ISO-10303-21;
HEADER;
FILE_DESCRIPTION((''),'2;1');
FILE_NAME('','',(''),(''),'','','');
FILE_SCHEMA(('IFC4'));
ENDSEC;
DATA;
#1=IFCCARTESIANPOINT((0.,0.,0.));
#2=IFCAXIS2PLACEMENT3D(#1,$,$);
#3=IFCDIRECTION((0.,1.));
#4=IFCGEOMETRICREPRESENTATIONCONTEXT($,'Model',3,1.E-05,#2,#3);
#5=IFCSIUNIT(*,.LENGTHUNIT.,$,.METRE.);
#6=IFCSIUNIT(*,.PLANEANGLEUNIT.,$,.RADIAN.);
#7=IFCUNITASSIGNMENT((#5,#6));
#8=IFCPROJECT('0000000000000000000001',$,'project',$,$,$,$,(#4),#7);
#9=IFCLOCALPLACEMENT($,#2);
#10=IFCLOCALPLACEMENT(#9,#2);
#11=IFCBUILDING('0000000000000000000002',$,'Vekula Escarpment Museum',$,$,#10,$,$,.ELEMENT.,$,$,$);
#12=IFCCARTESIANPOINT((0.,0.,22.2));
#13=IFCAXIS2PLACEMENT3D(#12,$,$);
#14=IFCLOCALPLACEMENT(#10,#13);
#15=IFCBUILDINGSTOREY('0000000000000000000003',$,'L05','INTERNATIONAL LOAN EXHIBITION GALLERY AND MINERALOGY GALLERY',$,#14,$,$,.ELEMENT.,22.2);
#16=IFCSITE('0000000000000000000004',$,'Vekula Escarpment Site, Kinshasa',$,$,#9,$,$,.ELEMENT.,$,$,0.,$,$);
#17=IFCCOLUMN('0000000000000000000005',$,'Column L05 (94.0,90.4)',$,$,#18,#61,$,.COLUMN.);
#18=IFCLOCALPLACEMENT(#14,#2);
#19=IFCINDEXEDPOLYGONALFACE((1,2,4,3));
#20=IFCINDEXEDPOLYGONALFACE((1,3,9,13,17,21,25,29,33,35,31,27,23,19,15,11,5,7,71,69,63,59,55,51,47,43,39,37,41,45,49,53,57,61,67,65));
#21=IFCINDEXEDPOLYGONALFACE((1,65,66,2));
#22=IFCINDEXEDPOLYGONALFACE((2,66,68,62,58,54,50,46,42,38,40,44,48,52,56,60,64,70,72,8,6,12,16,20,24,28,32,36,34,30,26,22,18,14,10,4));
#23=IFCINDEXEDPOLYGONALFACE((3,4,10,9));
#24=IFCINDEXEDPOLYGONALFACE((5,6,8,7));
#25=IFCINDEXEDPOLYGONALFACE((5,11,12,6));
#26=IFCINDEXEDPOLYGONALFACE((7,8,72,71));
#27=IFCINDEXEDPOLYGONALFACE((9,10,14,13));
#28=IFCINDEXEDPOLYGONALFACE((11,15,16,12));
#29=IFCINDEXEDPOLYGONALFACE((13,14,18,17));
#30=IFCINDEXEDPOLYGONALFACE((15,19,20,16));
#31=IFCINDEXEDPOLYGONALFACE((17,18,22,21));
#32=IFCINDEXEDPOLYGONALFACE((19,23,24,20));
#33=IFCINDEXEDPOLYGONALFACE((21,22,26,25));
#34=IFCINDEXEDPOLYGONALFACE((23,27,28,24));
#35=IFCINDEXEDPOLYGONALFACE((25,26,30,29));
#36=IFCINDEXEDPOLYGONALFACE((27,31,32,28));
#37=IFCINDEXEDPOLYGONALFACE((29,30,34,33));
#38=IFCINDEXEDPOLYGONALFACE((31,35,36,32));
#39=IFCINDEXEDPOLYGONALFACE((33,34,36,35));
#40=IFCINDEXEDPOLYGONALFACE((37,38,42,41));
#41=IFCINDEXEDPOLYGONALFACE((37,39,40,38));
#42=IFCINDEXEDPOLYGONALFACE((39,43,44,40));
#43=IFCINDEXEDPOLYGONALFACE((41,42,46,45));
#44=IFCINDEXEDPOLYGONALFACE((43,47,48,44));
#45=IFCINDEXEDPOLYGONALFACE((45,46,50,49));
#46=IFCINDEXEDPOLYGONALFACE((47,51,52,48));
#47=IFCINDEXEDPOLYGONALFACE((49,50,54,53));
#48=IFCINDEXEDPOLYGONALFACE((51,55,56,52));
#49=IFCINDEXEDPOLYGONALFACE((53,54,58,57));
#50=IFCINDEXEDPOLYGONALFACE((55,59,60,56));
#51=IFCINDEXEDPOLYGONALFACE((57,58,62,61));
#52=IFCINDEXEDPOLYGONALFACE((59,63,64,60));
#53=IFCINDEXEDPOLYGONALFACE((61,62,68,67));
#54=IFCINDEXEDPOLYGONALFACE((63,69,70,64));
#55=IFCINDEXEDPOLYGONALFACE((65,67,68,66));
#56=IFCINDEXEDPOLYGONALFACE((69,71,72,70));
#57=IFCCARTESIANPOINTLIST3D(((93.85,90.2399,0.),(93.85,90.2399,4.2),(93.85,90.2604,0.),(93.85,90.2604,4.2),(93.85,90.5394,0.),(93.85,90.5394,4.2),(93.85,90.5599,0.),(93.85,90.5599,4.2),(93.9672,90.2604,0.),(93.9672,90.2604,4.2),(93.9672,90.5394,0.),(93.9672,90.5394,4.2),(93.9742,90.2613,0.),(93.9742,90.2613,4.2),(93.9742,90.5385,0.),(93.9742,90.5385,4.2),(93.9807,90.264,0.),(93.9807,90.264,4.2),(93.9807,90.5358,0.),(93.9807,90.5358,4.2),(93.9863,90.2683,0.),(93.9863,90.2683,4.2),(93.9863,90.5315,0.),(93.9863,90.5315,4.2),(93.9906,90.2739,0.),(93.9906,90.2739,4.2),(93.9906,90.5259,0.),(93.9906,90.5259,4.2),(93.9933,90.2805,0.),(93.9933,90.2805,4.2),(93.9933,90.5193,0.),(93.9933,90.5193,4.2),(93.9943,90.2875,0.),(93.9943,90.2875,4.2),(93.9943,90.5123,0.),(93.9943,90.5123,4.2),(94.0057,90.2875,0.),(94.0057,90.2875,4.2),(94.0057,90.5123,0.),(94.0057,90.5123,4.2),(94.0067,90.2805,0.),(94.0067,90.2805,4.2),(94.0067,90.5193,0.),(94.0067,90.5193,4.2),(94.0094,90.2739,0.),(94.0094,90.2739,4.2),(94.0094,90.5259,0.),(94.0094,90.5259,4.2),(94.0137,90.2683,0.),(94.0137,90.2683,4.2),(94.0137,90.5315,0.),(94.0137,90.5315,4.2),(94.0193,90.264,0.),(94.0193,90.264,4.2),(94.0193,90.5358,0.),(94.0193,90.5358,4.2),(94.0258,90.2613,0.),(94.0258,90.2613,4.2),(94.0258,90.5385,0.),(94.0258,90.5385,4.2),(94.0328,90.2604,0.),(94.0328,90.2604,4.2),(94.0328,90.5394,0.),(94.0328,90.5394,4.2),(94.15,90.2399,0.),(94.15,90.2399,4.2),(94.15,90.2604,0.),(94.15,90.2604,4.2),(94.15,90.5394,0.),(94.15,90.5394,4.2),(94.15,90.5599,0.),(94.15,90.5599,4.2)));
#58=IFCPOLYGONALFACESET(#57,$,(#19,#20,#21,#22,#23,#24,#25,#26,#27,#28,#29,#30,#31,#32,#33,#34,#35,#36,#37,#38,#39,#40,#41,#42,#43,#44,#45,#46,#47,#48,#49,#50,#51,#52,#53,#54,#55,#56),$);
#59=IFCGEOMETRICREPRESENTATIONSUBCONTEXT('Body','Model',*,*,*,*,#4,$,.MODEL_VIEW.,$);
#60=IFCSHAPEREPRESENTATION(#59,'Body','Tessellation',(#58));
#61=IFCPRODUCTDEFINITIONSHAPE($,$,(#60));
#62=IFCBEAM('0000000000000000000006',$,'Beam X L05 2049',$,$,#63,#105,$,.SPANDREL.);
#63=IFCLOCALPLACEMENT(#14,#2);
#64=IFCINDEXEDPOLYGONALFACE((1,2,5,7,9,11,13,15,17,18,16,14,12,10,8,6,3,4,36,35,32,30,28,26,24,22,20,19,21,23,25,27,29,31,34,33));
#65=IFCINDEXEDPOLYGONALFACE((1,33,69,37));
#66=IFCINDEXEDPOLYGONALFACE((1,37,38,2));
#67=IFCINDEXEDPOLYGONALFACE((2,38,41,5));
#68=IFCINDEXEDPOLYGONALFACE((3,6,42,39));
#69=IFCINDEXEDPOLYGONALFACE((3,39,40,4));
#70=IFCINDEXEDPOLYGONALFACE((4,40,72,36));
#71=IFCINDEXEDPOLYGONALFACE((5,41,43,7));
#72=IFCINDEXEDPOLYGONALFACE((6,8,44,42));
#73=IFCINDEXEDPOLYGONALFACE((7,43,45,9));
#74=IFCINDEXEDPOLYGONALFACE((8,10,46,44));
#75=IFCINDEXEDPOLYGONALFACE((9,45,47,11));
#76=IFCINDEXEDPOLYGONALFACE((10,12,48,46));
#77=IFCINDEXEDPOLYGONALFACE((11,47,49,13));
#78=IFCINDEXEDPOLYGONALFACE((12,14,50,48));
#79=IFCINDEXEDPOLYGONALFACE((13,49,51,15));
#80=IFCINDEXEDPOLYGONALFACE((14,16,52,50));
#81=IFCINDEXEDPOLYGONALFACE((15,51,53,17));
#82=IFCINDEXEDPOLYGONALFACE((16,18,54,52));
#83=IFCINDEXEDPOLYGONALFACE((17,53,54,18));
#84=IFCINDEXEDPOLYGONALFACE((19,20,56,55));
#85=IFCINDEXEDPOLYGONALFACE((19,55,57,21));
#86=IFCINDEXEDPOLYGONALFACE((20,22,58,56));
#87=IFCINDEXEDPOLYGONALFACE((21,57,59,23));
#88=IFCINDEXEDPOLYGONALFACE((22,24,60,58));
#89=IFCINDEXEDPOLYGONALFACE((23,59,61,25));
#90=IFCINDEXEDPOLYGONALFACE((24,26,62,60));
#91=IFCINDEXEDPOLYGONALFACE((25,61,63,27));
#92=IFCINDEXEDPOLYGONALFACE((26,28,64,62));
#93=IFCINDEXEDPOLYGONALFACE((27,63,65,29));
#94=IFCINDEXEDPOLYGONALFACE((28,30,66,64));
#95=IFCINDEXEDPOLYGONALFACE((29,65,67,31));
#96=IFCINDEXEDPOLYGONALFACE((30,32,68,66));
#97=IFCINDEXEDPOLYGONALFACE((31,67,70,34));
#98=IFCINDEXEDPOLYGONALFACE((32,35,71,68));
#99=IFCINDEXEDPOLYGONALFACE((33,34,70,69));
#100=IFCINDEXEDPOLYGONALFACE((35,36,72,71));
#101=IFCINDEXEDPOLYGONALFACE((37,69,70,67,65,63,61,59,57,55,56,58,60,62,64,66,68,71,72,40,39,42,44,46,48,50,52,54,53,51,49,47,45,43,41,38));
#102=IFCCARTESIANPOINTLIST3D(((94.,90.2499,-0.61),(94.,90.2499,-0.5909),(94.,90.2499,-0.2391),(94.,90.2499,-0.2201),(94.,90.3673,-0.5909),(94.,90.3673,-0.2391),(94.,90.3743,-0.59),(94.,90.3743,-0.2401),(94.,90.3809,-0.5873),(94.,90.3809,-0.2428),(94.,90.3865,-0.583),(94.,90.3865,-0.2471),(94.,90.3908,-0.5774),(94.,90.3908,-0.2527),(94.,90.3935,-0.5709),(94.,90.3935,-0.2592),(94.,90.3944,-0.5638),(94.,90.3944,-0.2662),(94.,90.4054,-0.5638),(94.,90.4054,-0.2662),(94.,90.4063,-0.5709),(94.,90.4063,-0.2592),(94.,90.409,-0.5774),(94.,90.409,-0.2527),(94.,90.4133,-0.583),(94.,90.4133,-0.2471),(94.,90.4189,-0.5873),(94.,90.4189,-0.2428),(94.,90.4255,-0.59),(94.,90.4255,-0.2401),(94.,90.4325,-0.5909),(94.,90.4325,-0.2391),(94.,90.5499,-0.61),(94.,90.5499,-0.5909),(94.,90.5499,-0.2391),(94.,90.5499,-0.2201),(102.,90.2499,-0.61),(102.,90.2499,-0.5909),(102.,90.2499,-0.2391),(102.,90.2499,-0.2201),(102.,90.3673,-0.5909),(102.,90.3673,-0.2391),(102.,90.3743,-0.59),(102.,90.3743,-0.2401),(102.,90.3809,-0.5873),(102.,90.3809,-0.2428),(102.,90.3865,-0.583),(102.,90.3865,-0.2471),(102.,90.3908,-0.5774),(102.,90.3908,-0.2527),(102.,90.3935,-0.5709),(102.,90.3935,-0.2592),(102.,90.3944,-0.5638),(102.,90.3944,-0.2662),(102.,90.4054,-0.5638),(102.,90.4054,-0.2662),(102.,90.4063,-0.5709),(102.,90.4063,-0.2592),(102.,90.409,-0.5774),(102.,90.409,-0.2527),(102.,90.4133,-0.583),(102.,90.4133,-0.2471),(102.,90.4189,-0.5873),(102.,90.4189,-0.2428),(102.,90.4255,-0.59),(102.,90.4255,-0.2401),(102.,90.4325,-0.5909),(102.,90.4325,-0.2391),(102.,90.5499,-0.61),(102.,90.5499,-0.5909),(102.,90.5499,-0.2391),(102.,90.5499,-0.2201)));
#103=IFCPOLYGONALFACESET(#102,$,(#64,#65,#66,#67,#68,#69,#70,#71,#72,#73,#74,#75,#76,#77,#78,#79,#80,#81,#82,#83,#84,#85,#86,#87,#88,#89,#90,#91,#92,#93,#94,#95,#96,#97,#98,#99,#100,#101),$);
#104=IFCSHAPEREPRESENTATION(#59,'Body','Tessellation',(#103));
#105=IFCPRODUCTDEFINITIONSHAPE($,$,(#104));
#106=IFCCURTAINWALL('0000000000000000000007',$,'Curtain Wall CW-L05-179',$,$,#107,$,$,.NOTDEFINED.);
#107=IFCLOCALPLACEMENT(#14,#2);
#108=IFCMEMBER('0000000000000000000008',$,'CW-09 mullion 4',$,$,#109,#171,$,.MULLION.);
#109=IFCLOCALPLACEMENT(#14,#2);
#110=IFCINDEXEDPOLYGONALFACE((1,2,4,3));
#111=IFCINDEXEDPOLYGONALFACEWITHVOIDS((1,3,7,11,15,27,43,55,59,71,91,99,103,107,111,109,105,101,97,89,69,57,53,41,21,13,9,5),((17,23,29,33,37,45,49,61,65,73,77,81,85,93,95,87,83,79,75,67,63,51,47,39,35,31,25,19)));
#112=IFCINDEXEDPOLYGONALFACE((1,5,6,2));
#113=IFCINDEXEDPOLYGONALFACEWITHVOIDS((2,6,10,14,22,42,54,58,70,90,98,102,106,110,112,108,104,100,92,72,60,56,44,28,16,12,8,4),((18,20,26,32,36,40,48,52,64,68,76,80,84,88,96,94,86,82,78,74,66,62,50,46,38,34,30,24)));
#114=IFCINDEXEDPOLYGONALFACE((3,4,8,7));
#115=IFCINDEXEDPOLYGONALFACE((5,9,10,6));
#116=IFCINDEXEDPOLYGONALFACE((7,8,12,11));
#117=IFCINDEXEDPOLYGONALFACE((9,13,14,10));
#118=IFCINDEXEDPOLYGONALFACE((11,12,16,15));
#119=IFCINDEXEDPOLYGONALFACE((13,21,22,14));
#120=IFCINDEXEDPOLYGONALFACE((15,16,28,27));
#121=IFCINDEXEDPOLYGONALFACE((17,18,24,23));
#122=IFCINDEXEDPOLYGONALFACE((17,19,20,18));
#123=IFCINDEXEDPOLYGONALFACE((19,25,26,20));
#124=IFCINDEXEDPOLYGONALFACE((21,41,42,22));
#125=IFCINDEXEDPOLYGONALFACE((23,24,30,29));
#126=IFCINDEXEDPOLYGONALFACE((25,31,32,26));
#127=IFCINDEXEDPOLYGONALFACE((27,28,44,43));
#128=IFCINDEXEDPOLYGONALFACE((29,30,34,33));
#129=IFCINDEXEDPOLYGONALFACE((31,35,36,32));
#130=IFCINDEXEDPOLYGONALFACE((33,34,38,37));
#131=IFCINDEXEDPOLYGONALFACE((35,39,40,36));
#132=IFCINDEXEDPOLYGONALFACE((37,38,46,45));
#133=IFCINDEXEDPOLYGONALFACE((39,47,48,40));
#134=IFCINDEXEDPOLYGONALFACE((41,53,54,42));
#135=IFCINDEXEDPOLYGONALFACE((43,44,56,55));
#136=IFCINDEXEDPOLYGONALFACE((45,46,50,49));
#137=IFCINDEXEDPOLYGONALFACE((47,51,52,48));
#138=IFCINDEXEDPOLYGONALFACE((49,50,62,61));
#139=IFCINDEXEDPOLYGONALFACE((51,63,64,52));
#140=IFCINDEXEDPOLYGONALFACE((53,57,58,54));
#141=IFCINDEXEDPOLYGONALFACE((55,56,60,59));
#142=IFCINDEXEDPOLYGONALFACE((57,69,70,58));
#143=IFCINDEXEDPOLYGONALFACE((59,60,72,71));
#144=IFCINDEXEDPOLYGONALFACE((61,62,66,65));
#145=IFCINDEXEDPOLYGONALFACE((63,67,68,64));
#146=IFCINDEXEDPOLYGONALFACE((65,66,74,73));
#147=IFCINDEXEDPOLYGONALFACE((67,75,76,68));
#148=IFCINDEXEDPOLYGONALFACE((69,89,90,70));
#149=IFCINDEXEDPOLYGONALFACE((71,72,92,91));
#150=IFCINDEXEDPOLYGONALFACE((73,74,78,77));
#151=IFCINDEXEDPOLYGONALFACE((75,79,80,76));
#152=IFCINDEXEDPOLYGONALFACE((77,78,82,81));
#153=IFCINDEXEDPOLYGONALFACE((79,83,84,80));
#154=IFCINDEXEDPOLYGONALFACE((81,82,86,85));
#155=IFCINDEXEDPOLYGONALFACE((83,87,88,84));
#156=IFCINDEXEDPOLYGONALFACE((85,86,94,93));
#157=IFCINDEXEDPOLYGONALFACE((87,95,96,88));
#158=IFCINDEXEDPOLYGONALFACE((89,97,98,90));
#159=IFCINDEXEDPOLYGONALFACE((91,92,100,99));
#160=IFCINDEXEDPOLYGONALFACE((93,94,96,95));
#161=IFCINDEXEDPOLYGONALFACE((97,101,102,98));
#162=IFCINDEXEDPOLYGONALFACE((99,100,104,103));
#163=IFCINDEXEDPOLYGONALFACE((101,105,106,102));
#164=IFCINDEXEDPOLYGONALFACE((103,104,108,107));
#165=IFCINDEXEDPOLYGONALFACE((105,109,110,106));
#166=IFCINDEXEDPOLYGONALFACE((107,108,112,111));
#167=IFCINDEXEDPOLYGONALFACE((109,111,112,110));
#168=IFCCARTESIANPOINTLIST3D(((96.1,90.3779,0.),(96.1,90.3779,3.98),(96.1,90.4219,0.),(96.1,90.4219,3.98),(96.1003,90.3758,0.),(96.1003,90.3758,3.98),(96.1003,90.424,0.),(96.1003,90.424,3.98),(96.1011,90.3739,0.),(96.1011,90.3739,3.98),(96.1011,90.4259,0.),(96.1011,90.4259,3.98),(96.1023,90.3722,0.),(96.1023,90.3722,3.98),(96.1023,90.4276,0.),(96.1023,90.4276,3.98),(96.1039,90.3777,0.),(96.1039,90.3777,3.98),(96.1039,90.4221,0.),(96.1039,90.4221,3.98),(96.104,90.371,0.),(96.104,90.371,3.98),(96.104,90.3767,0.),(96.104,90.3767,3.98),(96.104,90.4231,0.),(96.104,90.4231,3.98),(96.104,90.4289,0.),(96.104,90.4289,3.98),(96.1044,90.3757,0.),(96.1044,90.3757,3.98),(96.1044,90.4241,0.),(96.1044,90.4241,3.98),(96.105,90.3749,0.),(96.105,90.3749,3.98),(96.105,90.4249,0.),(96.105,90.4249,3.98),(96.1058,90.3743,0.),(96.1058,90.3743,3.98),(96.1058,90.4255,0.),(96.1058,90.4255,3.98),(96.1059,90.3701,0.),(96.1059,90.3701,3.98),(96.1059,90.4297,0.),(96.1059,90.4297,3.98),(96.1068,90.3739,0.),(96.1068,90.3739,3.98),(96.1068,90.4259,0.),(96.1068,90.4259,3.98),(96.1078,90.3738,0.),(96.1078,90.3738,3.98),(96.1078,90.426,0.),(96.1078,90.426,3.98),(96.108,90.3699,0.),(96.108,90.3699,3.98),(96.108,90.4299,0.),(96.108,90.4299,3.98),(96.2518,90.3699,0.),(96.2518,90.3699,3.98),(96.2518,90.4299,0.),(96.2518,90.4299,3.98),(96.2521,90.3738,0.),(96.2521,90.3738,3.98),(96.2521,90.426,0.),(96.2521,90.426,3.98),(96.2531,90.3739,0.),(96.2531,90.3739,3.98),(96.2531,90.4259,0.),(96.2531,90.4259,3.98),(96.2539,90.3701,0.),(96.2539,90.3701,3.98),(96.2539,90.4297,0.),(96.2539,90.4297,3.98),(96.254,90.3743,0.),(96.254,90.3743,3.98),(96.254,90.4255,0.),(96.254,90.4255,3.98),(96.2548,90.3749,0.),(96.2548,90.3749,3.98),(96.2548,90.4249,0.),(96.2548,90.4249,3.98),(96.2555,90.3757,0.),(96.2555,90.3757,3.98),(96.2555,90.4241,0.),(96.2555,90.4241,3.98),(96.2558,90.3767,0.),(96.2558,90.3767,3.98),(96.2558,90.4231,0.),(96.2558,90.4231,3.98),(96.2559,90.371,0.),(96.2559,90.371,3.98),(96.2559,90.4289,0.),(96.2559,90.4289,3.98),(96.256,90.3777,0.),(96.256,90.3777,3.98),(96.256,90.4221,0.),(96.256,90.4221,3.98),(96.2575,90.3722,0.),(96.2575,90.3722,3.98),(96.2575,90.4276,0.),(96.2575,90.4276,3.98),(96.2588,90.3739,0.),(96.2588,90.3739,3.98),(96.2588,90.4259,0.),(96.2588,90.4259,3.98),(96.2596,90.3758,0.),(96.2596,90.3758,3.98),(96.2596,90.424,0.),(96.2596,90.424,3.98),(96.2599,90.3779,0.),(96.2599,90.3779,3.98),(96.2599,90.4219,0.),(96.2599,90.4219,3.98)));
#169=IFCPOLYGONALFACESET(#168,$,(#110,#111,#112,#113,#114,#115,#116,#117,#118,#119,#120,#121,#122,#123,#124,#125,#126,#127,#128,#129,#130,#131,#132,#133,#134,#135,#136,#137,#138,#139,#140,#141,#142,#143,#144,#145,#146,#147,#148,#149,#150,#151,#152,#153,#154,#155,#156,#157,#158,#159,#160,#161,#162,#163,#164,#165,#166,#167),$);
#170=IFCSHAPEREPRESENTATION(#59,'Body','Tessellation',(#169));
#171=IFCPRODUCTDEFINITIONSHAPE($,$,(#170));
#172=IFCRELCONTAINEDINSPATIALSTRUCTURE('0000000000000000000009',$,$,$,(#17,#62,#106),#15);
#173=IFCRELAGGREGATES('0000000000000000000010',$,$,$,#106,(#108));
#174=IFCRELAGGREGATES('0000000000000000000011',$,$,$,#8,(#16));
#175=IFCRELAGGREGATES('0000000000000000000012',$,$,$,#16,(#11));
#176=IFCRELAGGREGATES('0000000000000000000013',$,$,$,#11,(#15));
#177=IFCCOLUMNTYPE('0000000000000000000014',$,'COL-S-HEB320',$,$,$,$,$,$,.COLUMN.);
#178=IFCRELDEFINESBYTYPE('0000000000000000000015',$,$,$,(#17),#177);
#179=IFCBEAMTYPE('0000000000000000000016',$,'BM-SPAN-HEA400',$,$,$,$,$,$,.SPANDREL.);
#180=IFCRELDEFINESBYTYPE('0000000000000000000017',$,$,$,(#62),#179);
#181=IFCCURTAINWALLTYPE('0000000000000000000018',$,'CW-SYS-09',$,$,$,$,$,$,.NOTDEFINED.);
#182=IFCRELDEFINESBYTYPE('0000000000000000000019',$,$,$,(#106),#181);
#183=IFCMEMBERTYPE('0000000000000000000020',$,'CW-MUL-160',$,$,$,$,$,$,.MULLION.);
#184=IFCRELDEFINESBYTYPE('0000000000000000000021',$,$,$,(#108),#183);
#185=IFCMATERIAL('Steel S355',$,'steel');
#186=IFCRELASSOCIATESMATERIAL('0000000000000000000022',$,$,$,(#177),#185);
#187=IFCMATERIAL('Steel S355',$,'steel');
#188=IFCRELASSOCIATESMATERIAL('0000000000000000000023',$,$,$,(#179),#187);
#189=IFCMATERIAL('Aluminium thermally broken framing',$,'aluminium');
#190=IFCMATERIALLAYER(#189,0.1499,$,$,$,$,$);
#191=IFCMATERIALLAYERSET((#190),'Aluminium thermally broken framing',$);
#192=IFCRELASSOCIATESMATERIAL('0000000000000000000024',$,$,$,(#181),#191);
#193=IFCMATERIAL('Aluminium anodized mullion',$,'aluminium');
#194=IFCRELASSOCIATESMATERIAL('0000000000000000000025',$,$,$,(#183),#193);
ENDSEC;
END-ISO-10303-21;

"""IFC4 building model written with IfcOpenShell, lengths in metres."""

from ifc_helpers import new_model, si_unit, direction, frame, origin, origin_2d, place, context, subcontext, project, spatial, hollow_rectangle, i_section, extrude, material, layer, layer_set, material_profile, profile_set, type_object, element, aggregate, save


model = new_model("IFC4")

# Units and contexts
model_context = context("Model", 3, precision=1e-05, world=origin(), true_north=direction((0.0, 1.0)))
body_context = subcontext(model_context, "Body", "Model", "MODEL_VIEW")
ifc_project = project(units=[si_unit("LENGTHUNIT", "METRE"), si_unit("PLANEANGLEUNIT", "RADIAN")], contexts=[model_context])

# Site, building, storey
site_placement = place(None, origin())
site = spatial("IfcSite", under=ifc_project, at=site_placement, Name="Vekula Escarpment Site, Kinshasa", CompositionType="ELEMENT", RefElevation=0.0)
building_placement = place(site_placement, origin())
building = spatial("IfcBuilding", under=site, at=building_placement, Name="Vekula Escarpment Museum", CompositionType="ELEMENT")
storey_placement = place(building_placement, frame((0.0, 0.0, 22.2)))
storey = spatial("IfcBuildingStorey", under=building, at=storey_placement, Name="L05", Description="INTERNATIONAL LOAN EXHIBITION GALLERY AND MINERALOGY GALLERY", CompositionType="ELEMENT", Elevation=22.2)

# Column
ifc_material_1 = material(Name="Steel S355", Category="steel")
ifc_material_profile_1 = material_profile(ifc_material_1, i_section(OverallWidth=0.3, OverallDepth=0.3201, WebThickness=0.0115, FlangeThickness=0.0205, FilletRadius=0.0271, at=origin_2d()), Name="HEB 320")
ifc_profile_set_1 = profile_set([ifc_material_profile_1], Name="Steel S355")
column_type = type_object("IfcColumnType", Name="COL-S-HEB320", PredefinedType="COLUMN", material=ifc_profile_set_1)
column_placement = place(storey_placement, frame((94.0, 90.3999, 0.0), z_axis=(0.0, 0.0, 1.0), x_axis=(1.0, 0.0, 0.0)))
element("IfcColumn", 1, at=column_placement, inside=storey, type_object=column_type, Name="Column L05 (94.0,90.4)", PredefinedType="COLUMN", context=body_context, shape_type="SweptSolid", body=[
    extrude(i_section(OverallWidth=0.3, OverallDepth=0.3201, WebThickness=0.0115, FlangeThickness=0.0205, FilletRadius=0.0271, at=origin_2d()), origin(), (0.0, 0.0, 1.0), 4.2),
])

# Beam
ifc_material_2 = material(Name="Steel S355", Category="steel")
ifc_material_profile_2 = material_profile(ifc_material_2, i_section(OverallWidth=0.3, OverallDepth=0.3899, WebThickness=0.011, FlangeThickness=0.019, FilletRadius=0.0271, at=origin_2d()), Name="HEA 400")
ifc_profile_set_2 = profile_set([ifc_material_profile_2], Name="Steel S355")
beam_type = type_object("IfcBeamType", Name="BM-SPAN-HEA400", PredefinedType="SPANDREL", material=ifc_profile_set_2)
beam_placement = place(storey_placement, frame((94.0, 90.3999, -0.415), z_axis=(1.0, 0.0, 0.0), x_axis=(0.0, 1.0, 0.0)))
element("IfcBeam", 2, at=beam_placement, inside=storey, type_object=beam_type, Name="Beam X L05 2049", PredefinedType="SPANDREL", context=body_context, shape_type="SweptSolid", body=[
    extrude(i_section(OverallWidth=0.3, OverallDepth=0.3899, WebThickness=0.011, FlangeThickness=0.019, FilletRadius=0.0271, at=origin_2d()), origin(), (0.0, 0.0, 1.0), 8.0),
])

# Curtain wall, member
ifc_material_3 = material(Name="Aluminium thermally broken framing", Category="aluminium")
ifc_layer_1 = layer(ifc_material_3, 0.1499)
ifc_layer_set_1 = layer_set([ifc_layer_1], Name="Aluminium thermally broken framing")
curtain_wall_type_1 = type_object("IfcCurtainWallType", Name="CW-SYS-09", PredefinedType="NOTDEFINED", material=ifc_layer_set_1)
curtain_wall_1_placement = place(storey_placement, origin())
curtain_wall_1 = element("IfcCurtainWall", 3, at=curtain_wall_1_placement, inside=storey, type_object=curtain_wall_type_1, Name="Curtain Wall CW-L05-179", PredefinedType="NOTDEFINED")
ifc_material_4 = material(Name="Aluminium anodized mullion", Category="aluminium")
ifc_material_profile_3 = material_profile(ifc_material_4, hollow_rectangle(XDim=0.0601, YDim=0.1599, WallThickness=0.0039, InnerFilletRadius=0.0039, OuterFilletRadius=0.0081, at=origin_2d()), Name="ALU 160x60x4")
ifc_profile_set_3 = profile_set([ifc_material_profile_3], Name="Aluminium anodized mullion")
member_type_1 = type_object("IfcMemberType", Name="CW-MUL-160", PredefinedType="MULLION", material=ifc_profile_set_3)
member_1_placement = place(storey_placement, frame((96.1799, 90.3999, 0.0), z_axis=(0.0, 0.0, 1.0), x_axis=(0.0, -1.0, 0.0)))
member_1 = element("IfcMember", 4, at=member_1_placement, type_object=member_type_1, Name="CW-09 mullion 4", PredefinedType="MULLION", context=body_context, shape_type="SweptSolid", body=[
    extrude(hollow_rectangle(XDim=0.0601, YDim=0.1599, WallThickness=0.0039, InnerFilletRadius=0.0039, OuterFilletRadius=0.0081, at=origin_2d()), origin(), (0.0, 0.0, 1.0), 3.98),
])

aggregate(curtain_wall_1, [member_1])

save(model, "model.ifc")
